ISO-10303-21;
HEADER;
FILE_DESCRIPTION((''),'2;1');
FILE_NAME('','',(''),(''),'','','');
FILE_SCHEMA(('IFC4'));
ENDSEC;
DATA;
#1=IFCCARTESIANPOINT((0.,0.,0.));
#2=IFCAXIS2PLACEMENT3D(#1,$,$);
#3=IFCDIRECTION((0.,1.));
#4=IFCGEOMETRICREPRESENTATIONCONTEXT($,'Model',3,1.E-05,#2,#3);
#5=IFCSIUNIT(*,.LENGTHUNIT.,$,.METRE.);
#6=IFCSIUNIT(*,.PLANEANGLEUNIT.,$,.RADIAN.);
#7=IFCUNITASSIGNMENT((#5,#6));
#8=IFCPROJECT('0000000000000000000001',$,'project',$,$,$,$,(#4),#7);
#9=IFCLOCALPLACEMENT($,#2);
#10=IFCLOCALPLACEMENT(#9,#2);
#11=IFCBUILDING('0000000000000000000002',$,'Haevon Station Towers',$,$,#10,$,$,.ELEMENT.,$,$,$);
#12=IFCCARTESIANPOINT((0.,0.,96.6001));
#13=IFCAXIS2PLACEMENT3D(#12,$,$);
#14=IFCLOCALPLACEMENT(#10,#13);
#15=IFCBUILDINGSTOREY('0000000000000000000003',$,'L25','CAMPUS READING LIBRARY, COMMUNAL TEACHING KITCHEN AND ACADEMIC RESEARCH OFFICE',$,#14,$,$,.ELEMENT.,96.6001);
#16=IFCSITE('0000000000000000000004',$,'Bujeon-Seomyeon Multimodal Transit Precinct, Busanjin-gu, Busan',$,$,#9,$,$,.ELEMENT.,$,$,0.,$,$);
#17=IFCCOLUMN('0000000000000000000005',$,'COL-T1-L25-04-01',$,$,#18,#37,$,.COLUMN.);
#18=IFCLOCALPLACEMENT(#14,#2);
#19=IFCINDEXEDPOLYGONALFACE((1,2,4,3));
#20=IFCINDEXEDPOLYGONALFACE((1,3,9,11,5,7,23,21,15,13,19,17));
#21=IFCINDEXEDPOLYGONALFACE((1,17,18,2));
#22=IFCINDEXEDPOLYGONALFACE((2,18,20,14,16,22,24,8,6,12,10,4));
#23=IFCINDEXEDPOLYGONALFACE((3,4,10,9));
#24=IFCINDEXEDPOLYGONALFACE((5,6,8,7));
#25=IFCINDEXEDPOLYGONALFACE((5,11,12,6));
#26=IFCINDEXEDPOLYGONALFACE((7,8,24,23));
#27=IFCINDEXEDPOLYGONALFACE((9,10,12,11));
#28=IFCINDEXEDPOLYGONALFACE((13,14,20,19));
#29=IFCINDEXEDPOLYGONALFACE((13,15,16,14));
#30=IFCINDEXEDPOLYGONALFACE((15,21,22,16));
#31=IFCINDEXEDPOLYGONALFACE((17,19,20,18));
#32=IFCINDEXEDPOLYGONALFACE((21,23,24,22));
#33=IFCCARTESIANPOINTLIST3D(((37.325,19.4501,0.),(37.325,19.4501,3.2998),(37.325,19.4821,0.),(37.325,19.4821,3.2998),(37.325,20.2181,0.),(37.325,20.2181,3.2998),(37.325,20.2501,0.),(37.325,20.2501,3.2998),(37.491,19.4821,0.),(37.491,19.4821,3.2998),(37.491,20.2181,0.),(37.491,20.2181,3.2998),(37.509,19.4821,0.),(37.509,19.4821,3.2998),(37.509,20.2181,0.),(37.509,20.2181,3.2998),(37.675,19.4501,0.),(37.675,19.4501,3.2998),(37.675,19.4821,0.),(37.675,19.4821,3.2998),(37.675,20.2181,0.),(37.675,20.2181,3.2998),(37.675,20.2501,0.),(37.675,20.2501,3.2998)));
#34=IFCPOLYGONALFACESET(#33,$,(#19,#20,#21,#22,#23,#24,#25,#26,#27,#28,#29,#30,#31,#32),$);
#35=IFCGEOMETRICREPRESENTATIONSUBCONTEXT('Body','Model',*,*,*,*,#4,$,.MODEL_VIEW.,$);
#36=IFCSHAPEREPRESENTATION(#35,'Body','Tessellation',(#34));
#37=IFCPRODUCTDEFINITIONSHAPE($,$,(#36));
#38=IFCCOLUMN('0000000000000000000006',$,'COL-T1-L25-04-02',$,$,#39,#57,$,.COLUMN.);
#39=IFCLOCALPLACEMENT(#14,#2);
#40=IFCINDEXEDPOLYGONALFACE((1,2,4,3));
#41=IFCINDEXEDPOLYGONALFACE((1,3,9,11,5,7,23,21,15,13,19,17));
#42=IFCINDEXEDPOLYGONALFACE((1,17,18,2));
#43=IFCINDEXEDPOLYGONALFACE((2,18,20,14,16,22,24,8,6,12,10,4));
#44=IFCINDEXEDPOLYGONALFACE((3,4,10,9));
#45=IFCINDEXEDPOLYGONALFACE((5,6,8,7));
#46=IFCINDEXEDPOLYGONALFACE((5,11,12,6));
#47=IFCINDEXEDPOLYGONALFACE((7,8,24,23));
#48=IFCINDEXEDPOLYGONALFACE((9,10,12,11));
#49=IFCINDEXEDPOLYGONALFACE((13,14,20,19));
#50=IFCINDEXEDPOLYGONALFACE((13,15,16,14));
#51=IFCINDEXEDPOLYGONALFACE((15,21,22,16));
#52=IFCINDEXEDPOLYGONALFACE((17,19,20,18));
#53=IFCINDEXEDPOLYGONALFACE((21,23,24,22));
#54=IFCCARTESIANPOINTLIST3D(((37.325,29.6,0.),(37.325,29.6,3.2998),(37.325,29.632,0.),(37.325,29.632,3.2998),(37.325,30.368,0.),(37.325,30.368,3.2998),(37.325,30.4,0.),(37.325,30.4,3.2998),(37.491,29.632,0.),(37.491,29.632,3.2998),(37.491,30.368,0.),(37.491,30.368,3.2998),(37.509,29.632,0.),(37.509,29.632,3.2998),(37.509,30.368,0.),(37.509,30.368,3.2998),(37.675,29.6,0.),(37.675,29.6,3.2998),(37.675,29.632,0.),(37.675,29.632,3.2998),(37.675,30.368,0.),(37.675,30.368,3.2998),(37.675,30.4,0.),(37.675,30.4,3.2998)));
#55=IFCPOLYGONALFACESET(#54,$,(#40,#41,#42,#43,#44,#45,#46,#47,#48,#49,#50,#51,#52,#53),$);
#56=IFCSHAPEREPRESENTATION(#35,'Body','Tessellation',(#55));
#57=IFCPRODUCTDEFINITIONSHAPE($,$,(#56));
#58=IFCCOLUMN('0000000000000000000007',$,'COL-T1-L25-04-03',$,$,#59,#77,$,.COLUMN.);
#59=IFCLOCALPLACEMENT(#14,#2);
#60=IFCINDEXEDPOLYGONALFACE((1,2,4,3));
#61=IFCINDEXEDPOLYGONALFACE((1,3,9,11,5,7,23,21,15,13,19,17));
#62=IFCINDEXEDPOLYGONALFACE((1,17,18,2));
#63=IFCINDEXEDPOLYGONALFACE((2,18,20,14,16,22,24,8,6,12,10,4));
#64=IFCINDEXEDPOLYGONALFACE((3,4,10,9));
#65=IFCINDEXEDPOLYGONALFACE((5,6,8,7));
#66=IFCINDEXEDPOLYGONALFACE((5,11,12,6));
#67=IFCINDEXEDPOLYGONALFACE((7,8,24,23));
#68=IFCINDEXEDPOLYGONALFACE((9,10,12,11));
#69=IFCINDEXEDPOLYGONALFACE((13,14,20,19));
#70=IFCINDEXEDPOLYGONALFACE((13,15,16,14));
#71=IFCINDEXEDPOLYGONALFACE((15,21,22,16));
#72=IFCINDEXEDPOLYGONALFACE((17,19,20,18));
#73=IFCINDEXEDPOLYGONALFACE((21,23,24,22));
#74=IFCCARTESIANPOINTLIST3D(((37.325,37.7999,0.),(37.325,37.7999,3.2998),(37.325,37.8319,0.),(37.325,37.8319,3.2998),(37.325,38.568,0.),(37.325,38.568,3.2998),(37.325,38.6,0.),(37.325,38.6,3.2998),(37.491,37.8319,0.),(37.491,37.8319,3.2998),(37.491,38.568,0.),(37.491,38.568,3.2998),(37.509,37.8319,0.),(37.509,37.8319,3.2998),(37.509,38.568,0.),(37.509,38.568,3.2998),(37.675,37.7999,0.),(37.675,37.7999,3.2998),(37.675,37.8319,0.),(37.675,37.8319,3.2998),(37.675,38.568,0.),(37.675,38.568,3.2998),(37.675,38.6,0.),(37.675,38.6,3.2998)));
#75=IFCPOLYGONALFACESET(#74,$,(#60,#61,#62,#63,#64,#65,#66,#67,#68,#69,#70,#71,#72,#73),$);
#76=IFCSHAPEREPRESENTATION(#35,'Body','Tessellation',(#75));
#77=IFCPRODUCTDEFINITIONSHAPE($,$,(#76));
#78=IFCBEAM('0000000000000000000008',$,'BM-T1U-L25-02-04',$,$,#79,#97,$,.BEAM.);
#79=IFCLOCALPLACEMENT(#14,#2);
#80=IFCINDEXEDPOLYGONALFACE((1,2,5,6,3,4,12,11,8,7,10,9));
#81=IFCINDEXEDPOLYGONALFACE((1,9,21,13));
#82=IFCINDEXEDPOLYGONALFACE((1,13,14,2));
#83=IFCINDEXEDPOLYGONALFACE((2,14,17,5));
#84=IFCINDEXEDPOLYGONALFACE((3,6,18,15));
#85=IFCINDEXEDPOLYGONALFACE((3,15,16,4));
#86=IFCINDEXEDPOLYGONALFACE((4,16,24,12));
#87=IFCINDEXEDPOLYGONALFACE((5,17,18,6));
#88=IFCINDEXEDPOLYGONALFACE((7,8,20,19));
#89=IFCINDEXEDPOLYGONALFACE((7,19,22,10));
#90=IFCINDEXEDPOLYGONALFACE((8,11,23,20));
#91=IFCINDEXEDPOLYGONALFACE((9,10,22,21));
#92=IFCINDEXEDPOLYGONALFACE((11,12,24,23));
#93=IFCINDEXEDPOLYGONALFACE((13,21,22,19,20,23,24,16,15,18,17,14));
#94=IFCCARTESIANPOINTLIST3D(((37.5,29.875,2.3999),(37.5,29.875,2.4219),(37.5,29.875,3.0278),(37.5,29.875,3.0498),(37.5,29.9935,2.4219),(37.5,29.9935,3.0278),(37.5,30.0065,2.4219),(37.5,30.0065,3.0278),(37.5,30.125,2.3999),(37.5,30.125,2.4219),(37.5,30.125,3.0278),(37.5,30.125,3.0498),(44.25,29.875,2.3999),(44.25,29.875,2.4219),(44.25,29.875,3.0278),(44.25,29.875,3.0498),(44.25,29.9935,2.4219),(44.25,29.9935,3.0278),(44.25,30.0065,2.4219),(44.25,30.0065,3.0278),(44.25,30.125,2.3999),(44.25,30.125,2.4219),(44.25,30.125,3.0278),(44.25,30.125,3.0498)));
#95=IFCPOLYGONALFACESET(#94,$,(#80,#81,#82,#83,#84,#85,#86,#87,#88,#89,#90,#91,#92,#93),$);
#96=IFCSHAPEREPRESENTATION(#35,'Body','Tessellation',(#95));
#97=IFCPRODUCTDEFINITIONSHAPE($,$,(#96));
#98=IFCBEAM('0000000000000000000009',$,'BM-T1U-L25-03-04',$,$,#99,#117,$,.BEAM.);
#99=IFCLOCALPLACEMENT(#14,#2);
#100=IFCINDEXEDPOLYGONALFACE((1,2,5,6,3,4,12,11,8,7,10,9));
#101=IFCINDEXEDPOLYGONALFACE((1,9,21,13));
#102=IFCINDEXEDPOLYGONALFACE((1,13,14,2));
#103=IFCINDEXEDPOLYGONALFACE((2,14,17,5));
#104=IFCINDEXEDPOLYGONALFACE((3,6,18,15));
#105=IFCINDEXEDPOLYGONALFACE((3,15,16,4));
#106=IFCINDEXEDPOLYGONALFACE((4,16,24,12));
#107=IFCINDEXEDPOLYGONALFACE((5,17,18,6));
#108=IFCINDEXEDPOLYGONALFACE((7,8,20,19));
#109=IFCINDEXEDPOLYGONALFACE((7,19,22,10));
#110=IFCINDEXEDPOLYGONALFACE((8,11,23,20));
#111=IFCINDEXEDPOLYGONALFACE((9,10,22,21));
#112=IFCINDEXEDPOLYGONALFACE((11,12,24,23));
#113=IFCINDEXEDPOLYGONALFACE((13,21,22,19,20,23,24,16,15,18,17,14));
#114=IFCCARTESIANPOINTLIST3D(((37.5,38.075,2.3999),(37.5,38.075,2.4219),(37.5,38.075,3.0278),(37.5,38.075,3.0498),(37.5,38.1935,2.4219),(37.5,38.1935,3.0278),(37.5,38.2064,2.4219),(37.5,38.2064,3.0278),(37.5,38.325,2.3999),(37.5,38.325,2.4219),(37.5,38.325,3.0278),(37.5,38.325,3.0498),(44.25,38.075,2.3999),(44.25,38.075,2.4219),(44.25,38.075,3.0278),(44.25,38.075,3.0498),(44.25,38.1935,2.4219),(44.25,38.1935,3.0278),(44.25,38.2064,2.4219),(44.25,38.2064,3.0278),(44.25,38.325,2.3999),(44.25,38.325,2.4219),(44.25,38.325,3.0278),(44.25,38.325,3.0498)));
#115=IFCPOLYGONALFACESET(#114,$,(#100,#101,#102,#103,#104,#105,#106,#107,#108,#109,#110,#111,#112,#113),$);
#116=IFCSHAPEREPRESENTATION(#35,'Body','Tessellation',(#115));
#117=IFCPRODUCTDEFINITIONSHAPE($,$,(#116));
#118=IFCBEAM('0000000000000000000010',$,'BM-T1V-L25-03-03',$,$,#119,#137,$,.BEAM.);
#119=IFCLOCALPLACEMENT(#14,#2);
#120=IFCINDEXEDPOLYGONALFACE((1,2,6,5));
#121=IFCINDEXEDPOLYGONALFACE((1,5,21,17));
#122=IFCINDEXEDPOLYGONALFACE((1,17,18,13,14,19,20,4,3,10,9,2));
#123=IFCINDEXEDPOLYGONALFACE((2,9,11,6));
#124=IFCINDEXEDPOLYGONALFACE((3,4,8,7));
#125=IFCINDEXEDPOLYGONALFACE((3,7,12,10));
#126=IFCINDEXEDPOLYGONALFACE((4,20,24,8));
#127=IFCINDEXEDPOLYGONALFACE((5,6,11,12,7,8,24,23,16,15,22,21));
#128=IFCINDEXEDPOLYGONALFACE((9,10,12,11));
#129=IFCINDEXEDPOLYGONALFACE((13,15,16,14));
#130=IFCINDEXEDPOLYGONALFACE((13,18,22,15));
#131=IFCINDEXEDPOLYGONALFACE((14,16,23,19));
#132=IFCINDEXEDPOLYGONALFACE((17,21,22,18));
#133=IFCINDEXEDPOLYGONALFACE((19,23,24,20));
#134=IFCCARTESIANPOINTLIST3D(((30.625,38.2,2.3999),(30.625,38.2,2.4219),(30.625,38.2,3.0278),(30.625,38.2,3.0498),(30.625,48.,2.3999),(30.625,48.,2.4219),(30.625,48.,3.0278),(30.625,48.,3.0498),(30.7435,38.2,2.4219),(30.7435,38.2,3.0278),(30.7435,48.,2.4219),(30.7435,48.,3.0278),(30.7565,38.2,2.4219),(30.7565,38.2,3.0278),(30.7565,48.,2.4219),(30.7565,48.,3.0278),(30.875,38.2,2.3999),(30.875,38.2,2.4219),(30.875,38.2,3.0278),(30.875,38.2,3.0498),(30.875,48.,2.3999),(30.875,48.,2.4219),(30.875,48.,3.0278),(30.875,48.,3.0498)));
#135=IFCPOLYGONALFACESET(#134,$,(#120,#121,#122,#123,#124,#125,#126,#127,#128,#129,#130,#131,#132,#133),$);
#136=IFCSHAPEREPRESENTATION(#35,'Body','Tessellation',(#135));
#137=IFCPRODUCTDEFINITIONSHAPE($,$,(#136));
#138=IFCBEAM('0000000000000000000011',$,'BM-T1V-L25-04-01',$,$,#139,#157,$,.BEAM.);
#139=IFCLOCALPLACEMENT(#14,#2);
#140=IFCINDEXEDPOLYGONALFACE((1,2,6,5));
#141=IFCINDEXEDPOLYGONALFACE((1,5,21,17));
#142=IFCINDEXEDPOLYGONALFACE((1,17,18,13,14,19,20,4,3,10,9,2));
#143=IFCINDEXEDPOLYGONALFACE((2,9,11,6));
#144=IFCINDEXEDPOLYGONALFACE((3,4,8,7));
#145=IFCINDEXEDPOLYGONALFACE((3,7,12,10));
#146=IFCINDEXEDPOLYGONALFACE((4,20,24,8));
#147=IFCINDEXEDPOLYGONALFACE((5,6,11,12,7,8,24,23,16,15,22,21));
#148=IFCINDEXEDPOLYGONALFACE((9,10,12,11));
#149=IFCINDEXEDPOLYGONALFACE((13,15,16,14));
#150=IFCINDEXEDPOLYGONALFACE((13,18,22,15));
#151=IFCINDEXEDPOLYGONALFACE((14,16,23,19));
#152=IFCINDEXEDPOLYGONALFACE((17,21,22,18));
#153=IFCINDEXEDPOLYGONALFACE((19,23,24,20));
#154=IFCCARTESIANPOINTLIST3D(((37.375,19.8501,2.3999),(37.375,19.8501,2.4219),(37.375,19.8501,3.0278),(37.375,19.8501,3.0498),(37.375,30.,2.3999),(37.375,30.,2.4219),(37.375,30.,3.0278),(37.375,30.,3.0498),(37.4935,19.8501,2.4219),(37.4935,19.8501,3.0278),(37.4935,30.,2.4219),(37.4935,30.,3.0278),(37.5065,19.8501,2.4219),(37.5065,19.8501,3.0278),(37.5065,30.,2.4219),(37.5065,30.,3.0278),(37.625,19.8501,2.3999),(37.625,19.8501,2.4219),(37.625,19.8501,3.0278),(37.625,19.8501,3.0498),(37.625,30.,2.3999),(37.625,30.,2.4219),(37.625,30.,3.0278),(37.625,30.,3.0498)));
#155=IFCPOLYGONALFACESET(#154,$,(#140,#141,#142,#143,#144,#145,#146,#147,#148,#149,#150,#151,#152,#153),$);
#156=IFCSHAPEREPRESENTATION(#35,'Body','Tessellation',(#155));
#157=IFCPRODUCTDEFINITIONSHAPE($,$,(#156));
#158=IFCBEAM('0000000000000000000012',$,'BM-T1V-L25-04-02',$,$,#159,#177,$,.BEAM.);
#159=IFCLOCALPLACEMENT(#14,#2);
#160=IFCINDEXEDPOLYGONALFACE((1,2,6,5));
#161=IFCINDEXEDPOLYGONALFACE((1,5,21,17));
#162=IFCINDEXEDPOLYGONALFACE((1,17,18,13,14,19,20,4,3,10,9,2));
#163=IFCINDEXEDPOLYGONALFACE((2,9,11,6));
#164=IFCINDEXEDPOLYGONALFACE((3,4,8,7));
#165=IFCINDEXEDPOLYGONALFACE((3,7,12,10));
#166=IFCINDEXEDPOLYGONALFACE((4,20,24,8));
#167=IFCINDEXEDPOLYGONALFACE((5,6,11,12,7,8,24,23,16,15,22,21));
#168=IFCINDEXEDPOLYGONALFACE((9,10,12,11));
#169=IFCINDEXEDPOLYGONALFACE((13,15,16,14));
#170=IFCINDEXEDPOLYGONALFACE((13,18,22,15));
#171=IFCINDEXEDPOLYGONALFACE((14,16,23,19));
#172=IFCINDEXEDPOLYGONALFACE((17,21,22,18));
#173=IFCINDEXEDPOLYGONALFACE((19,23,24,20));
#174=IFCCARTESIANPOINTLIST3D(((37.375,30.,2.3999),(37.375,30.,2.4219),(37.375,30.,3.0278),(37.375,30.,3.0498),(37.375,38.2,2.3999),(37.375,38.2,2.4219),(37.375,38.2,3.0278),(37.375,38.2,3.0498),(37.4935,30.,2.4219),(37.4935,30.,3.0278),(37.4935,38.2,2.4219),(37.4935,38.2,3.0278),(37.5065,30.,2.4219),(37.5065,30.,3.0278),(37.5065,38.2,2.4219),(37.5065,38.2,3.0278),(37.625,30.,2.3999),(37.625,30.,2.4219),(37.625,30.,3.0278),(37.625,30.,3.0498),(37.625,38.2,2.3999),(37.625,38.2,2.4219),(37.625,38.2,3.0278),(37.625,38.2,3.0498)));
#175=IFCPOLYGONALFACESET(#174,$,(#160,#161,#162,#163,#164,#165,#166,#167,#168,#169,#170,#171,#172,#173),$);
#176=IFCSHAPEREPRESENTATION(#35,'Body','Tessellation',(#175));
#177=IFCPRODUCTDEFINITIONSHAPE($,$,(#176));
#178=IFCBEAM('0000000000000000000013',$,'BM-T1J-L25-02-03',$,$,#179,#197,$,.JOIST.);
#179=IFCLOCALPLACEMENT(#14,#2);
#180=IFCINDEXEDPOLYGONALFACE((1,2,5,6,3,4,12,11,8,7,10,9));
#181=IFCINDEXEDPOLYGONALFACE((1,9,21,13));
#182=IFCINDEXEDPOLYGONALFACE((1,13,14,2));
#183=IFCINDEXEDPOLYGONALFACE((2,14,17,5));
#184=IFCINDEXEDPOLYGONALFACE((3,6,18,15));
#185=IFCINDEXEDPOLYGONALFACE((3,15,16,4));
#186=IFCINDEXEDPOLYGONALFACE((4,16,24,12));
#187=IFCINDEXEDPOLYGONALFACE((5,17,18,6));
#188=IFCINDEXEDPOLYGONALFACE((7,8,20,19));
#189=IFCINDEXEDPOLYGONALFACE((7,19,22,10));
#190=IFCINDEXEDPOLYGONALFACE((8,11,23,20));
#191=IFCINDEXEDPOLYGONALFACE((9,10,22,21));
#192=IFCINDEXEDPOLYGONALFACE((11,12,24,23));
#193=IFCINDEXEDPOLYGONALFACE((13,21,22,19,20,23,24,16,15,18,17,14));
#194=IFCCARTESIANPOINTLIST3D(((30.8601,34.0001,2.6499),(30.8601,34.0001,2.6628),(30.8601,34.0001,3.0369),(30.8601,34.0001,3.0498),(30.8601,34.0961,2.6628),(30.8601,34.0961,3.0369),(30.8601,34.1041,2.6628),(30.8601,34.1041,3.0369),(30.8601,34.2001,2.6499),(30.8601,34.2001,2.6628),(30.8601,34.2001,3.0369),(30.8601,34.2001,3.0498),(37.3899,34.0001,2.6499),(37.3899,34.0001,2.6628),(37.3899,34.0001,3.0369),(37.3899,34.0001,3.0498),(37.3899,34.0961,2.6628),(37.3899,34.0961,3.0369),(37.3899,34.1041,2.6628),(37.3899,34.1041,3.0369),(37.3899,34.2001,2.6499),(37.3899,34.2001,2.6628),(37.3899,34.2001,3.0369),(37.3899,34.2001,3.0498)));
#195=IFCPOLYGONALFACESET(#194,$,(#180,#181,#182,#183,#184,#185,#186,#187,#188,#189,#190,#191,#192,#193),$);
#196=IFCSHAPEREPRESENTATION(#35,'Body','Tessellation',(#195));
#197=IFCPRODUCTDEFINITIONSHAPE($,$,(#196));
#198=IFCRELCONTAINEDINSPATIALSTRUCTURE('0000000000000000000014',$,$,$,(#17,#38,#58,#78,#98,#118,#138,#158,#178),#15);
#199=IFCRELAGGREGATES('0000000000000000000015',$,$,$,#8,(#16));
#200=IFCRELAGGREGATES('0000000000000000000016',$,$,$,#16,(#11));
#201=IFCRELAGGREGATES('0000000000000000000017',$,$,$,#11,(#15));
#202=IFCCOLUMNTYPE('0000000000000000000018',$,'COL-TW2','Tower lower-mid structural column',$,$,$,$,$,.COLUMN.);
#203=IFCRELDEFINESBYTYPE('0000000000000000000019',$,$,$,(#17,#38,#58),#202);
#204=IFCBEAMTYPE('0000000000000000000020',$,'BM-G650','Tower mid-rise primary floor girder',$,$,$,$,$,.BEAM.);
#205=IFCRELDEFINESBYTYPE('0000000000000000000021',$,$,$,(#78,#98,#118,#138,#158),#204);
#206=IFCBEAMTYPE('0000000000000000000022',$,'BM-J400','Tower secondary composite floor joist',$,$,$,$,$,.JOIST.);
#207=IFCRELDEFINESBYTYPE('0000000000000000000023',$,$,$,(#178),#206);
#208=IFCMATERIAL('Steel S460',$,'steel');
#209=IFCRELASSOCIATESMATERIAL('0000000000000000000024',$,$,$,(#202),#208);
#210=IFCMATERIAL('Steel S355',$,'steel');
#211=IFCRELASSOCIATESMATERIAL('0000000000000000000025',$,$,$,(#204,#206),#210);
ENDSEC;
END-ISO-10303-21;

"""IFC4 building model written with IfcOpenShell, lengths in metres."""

from ifc_helpers import new_model, si_unit, direction, frame, origin, origin_2d, place, context, subcontext, project, spatial, i_section, extrude, material, material_profile, profile_set, type_object, element, save


model = new_model("IFC4")

# Units and contexts
model_context = context("Model", 3, precision=1e-05, world=origin(), true_north=direction((0.0, 1.0)))
body_context = subcontext(model_context, "Body", "Model", "MODEL_VIEW")
ifc_project = project(units=[si_unit("LENGTHUNIT", "METRE"), si_unit("PLANEANGLEUNIT", "RADIAN")], contexts=[model_context])

# Site, building, storey
site_placement = place(None, origin())
site = spatial("IfcSite", under=ifc_project, at=site_placement, Name="Bujeon-Seomyeon Multimodal Transit Precinct, Busanjin-gu, Busan", CompositionType="ELEMENT", RefElevation=0.0)
building_placement = place(site_placement, origin())
building = spatial("IfcBuilding", under=site, at=building_placement, Name="Haevon Station Towers", CompositionType="ELEMENT")
storey_placement = place(building_placement, frame((0.0, 0.0, 96.6001)))
storey = spatial("IfcBuildingStorey", under=building, at=storey_placement, Name="L25", Description="CAMPUS READING LIBRARY, COMMUNAL TEACHING KITCHEN AND ACADEMIC RESEARCH OFFICE", CompositionType="ELEMENT", Elevation=96.6001)

# Columns
ifc_material_1 = material(Name="Steel S460", Category="steel")
ifc_material_profile_1 = material_profile(ifc_material_1, i_section(OverallWidth=0.3501, OverallDepth=0.8, WebThickness=0.0181, FlangeThickness=0.032, at=origin_2d()), Name="H-800x350x18x32")
ifc_profile_set_1 = profile_set([ifc_material_profile_1], Name="Steel S460")
column_type = type_object("IfcColumnType", Name="COL-TW2", Description="Tower lower-mid structural column", PredefinedType="COLUMN", material=ifc_profile_set_1)
for number, where, z_axis, x_axis, name in (
    (1, (37.5, 19.8501, 0.0), (0.0, 0.0, 1.0), (1.0, 0.0, 0.0), "COL-T1-L25-04-01"),
    (2, (37.5, 30.0, 0.0), (0.0, 0.0, 1.0), (1.0, 0.0, 0.0), "COL-T1-L25-04-02"),
    (3, (37.5, 38.2, 0.0), (0.0, 0.0, 1.0), (1.0, 0.0, 0.0), "COL-T1-L25-04-03"),
):
    element("IfcColumn", number, at=place(storey_placement, frame(where, z_axis=z_axis, x_axis=x_axis)), inside=storey, type_object=column_type, Name=name, PredefinedType="COLUMN", context=body_context, shape_type="SweptSolid", body=[
        extrude(i_section(OverallWidth=0.3501, OverallDepth=0.8, WebThickness=0.0181, FlangeThickness=0.032, at=origin_2d()), origin(), (0.0, 0.0, 1.0), 3.2998),
    ])

# Beams
ifc_material_2 = material(Name="Steel S355", Category="steel")
ifc_material_profile_2 = material_profile(ifc_material_2, i_section(OverallWidth=0.25, OverallDepth=0.6499, WebThickness=0.0129, FlangeThickness=0.022, at=origin_2d()), Name="H-650x250x13x22")
ifc_profile_set_2 = profile_set([ifc_material_profile_2], Name="Steel S355")
beam_type_1 = type_object("IfcBeamType", Name="BM-G650", Description="Tower mid-rise primary floor girder", PredefinedType="BEAM", material=ifc_profile_set_2)
for number, where, z_axis, x_axis, name in (
    (4, (37.5, 30.0, 2.7249), (1.0, 0.0, 0.0), (0.0, 1.0, 0.0), "BM-T1U-L25-02-04"),
    (5, (37.5, 38.2, 2.7249), (1.0, 0.0, 0.0), (0.0, 1.0, 0.0), "BM-T1U-L25-03-04"),
):
    element("IfcBeam", number, at=place(storey_placement, frame(where, z_axis=z_axis, x_axis=x_axis)), inside=storey, type_object=beam_type_1, Name=name, PredefinedType="BEAM", context=body_context, shape_type="SweptSolid", body=[
        extrude(i_section(OverallWidth=0.25, OverallDepth=0.6499, WebThickness=0.0129, FlangeThickness=0.022, at=origin_2d()), origin(), (0.0, 0.0, 1.0), 6.75),
    ])
beam_1_placement = place(storey_placement, frame((30.75, 38.2, 2.7249), z_axis=(0.0, 1.0, 0.0), x_axis=(-1.0, 0.0, 0.0)))
element("IfcBeam", 6, at=beam_1_placement, inside=storey, type_object=beam_type_1, Name="BM-T1V-L25-03-03", PredefinedType="BEAM", context=body_context, shape_type="SweptSolid", body=[
    extrude(i_section(OverallWidth=0.25, OverallDepth=0.6499, WebThickness=0.0129, FlangeThickness=0.022, at=origin_2d()), origin(), (0.0, 0.0, 1.0), 9.8),
])
beam_2_placement = place(storey_placement, frame((37.5, 19.8501, 2.7249), z_axis=(0.0, 1.0, 0.0), x_axis=(-1.0, 0.0, 0.0)))
element("IfcBeam", 7, at=beam_2_placement, inside=storey, type_object=beam_type_1, Name="BM-T1V-L25-04-01", PredefinedType="BEAM", context=body_context, shape_type="SweptSolid", body=[
    extrude(i_section(OverallWidth=0.25, OverallDepth=0.6499, WebThickness=0.0129, FlangeThickness=0.022, at=origin_2d()), origin(), (0.0, 0.0, 1.0), 10.1499),
])
beam_3_placement = place(storey_placement, frame((37.5, 30.0, 2.7249), z_axis=(0.0, 1.0, 0.0), x_axis=(-1.0, 0.0, 0.0)))
element("IfcBeam", 8, at=beam_3_placement, inside=storey, type_object=beam_type_1, Name="BM-T1V-L25-04-02", PredefinedType="BEAM", context=body_context, shape_type="SweptSolid", body=[
    extrude(i_section(OverallWidth=0.25, OverallDepth=0.6499, WebThickness=0.0129, FlangeThickness=0.022, at=origin_2d()), origin(), (0.0, 0.0, 1.0), 8.2),
])
ifc_material_profile_3 = material_profile(ifc_material_2, i_section(OverallWidth=0.2, OverallDepth=0.3999, WebThickness=0.0081, FlangeThickness=0.0129, at=origin_2d()), Name="H-400x200x8x13")
ifc_profile_set_3 = profile_set([ifc_material_profile_3], Name="Steel S355")
beam_type_2 = type_object("IfcBeamType", Name="BM-J400", Description="Tower secondary composite floor joist", PredefinedType="JOIST", material=ifc_profile_set_3)
for number, where, z_axis, x_axis, name in (
    (9, (30.8601, 34.1001, 2.8499), (1.0, 0.0, 0.0), (0.0, 1.0, 0.0), "BM-T1J-L25-02-03"),
):
    element("IfcBeam", number, at=place(storey_placement, frame(where, z_axis=z_axis, x_axis=x_axis)), inside=storey, type_object=beam_type_2, Name=name, PredefinedType="JOIST", context=body_context, shape_type="SweptSolid", body=[
        extrude(i_section(OverallWidth=0.2, OverallDepth=0.3999, WebThickness=0.0081, FlangeThickness=0.0129, at=origin_2d()), origin(), (0.0, 0.0, 1.0), 6.5298),
    ])

save(model, "model.ifc")
